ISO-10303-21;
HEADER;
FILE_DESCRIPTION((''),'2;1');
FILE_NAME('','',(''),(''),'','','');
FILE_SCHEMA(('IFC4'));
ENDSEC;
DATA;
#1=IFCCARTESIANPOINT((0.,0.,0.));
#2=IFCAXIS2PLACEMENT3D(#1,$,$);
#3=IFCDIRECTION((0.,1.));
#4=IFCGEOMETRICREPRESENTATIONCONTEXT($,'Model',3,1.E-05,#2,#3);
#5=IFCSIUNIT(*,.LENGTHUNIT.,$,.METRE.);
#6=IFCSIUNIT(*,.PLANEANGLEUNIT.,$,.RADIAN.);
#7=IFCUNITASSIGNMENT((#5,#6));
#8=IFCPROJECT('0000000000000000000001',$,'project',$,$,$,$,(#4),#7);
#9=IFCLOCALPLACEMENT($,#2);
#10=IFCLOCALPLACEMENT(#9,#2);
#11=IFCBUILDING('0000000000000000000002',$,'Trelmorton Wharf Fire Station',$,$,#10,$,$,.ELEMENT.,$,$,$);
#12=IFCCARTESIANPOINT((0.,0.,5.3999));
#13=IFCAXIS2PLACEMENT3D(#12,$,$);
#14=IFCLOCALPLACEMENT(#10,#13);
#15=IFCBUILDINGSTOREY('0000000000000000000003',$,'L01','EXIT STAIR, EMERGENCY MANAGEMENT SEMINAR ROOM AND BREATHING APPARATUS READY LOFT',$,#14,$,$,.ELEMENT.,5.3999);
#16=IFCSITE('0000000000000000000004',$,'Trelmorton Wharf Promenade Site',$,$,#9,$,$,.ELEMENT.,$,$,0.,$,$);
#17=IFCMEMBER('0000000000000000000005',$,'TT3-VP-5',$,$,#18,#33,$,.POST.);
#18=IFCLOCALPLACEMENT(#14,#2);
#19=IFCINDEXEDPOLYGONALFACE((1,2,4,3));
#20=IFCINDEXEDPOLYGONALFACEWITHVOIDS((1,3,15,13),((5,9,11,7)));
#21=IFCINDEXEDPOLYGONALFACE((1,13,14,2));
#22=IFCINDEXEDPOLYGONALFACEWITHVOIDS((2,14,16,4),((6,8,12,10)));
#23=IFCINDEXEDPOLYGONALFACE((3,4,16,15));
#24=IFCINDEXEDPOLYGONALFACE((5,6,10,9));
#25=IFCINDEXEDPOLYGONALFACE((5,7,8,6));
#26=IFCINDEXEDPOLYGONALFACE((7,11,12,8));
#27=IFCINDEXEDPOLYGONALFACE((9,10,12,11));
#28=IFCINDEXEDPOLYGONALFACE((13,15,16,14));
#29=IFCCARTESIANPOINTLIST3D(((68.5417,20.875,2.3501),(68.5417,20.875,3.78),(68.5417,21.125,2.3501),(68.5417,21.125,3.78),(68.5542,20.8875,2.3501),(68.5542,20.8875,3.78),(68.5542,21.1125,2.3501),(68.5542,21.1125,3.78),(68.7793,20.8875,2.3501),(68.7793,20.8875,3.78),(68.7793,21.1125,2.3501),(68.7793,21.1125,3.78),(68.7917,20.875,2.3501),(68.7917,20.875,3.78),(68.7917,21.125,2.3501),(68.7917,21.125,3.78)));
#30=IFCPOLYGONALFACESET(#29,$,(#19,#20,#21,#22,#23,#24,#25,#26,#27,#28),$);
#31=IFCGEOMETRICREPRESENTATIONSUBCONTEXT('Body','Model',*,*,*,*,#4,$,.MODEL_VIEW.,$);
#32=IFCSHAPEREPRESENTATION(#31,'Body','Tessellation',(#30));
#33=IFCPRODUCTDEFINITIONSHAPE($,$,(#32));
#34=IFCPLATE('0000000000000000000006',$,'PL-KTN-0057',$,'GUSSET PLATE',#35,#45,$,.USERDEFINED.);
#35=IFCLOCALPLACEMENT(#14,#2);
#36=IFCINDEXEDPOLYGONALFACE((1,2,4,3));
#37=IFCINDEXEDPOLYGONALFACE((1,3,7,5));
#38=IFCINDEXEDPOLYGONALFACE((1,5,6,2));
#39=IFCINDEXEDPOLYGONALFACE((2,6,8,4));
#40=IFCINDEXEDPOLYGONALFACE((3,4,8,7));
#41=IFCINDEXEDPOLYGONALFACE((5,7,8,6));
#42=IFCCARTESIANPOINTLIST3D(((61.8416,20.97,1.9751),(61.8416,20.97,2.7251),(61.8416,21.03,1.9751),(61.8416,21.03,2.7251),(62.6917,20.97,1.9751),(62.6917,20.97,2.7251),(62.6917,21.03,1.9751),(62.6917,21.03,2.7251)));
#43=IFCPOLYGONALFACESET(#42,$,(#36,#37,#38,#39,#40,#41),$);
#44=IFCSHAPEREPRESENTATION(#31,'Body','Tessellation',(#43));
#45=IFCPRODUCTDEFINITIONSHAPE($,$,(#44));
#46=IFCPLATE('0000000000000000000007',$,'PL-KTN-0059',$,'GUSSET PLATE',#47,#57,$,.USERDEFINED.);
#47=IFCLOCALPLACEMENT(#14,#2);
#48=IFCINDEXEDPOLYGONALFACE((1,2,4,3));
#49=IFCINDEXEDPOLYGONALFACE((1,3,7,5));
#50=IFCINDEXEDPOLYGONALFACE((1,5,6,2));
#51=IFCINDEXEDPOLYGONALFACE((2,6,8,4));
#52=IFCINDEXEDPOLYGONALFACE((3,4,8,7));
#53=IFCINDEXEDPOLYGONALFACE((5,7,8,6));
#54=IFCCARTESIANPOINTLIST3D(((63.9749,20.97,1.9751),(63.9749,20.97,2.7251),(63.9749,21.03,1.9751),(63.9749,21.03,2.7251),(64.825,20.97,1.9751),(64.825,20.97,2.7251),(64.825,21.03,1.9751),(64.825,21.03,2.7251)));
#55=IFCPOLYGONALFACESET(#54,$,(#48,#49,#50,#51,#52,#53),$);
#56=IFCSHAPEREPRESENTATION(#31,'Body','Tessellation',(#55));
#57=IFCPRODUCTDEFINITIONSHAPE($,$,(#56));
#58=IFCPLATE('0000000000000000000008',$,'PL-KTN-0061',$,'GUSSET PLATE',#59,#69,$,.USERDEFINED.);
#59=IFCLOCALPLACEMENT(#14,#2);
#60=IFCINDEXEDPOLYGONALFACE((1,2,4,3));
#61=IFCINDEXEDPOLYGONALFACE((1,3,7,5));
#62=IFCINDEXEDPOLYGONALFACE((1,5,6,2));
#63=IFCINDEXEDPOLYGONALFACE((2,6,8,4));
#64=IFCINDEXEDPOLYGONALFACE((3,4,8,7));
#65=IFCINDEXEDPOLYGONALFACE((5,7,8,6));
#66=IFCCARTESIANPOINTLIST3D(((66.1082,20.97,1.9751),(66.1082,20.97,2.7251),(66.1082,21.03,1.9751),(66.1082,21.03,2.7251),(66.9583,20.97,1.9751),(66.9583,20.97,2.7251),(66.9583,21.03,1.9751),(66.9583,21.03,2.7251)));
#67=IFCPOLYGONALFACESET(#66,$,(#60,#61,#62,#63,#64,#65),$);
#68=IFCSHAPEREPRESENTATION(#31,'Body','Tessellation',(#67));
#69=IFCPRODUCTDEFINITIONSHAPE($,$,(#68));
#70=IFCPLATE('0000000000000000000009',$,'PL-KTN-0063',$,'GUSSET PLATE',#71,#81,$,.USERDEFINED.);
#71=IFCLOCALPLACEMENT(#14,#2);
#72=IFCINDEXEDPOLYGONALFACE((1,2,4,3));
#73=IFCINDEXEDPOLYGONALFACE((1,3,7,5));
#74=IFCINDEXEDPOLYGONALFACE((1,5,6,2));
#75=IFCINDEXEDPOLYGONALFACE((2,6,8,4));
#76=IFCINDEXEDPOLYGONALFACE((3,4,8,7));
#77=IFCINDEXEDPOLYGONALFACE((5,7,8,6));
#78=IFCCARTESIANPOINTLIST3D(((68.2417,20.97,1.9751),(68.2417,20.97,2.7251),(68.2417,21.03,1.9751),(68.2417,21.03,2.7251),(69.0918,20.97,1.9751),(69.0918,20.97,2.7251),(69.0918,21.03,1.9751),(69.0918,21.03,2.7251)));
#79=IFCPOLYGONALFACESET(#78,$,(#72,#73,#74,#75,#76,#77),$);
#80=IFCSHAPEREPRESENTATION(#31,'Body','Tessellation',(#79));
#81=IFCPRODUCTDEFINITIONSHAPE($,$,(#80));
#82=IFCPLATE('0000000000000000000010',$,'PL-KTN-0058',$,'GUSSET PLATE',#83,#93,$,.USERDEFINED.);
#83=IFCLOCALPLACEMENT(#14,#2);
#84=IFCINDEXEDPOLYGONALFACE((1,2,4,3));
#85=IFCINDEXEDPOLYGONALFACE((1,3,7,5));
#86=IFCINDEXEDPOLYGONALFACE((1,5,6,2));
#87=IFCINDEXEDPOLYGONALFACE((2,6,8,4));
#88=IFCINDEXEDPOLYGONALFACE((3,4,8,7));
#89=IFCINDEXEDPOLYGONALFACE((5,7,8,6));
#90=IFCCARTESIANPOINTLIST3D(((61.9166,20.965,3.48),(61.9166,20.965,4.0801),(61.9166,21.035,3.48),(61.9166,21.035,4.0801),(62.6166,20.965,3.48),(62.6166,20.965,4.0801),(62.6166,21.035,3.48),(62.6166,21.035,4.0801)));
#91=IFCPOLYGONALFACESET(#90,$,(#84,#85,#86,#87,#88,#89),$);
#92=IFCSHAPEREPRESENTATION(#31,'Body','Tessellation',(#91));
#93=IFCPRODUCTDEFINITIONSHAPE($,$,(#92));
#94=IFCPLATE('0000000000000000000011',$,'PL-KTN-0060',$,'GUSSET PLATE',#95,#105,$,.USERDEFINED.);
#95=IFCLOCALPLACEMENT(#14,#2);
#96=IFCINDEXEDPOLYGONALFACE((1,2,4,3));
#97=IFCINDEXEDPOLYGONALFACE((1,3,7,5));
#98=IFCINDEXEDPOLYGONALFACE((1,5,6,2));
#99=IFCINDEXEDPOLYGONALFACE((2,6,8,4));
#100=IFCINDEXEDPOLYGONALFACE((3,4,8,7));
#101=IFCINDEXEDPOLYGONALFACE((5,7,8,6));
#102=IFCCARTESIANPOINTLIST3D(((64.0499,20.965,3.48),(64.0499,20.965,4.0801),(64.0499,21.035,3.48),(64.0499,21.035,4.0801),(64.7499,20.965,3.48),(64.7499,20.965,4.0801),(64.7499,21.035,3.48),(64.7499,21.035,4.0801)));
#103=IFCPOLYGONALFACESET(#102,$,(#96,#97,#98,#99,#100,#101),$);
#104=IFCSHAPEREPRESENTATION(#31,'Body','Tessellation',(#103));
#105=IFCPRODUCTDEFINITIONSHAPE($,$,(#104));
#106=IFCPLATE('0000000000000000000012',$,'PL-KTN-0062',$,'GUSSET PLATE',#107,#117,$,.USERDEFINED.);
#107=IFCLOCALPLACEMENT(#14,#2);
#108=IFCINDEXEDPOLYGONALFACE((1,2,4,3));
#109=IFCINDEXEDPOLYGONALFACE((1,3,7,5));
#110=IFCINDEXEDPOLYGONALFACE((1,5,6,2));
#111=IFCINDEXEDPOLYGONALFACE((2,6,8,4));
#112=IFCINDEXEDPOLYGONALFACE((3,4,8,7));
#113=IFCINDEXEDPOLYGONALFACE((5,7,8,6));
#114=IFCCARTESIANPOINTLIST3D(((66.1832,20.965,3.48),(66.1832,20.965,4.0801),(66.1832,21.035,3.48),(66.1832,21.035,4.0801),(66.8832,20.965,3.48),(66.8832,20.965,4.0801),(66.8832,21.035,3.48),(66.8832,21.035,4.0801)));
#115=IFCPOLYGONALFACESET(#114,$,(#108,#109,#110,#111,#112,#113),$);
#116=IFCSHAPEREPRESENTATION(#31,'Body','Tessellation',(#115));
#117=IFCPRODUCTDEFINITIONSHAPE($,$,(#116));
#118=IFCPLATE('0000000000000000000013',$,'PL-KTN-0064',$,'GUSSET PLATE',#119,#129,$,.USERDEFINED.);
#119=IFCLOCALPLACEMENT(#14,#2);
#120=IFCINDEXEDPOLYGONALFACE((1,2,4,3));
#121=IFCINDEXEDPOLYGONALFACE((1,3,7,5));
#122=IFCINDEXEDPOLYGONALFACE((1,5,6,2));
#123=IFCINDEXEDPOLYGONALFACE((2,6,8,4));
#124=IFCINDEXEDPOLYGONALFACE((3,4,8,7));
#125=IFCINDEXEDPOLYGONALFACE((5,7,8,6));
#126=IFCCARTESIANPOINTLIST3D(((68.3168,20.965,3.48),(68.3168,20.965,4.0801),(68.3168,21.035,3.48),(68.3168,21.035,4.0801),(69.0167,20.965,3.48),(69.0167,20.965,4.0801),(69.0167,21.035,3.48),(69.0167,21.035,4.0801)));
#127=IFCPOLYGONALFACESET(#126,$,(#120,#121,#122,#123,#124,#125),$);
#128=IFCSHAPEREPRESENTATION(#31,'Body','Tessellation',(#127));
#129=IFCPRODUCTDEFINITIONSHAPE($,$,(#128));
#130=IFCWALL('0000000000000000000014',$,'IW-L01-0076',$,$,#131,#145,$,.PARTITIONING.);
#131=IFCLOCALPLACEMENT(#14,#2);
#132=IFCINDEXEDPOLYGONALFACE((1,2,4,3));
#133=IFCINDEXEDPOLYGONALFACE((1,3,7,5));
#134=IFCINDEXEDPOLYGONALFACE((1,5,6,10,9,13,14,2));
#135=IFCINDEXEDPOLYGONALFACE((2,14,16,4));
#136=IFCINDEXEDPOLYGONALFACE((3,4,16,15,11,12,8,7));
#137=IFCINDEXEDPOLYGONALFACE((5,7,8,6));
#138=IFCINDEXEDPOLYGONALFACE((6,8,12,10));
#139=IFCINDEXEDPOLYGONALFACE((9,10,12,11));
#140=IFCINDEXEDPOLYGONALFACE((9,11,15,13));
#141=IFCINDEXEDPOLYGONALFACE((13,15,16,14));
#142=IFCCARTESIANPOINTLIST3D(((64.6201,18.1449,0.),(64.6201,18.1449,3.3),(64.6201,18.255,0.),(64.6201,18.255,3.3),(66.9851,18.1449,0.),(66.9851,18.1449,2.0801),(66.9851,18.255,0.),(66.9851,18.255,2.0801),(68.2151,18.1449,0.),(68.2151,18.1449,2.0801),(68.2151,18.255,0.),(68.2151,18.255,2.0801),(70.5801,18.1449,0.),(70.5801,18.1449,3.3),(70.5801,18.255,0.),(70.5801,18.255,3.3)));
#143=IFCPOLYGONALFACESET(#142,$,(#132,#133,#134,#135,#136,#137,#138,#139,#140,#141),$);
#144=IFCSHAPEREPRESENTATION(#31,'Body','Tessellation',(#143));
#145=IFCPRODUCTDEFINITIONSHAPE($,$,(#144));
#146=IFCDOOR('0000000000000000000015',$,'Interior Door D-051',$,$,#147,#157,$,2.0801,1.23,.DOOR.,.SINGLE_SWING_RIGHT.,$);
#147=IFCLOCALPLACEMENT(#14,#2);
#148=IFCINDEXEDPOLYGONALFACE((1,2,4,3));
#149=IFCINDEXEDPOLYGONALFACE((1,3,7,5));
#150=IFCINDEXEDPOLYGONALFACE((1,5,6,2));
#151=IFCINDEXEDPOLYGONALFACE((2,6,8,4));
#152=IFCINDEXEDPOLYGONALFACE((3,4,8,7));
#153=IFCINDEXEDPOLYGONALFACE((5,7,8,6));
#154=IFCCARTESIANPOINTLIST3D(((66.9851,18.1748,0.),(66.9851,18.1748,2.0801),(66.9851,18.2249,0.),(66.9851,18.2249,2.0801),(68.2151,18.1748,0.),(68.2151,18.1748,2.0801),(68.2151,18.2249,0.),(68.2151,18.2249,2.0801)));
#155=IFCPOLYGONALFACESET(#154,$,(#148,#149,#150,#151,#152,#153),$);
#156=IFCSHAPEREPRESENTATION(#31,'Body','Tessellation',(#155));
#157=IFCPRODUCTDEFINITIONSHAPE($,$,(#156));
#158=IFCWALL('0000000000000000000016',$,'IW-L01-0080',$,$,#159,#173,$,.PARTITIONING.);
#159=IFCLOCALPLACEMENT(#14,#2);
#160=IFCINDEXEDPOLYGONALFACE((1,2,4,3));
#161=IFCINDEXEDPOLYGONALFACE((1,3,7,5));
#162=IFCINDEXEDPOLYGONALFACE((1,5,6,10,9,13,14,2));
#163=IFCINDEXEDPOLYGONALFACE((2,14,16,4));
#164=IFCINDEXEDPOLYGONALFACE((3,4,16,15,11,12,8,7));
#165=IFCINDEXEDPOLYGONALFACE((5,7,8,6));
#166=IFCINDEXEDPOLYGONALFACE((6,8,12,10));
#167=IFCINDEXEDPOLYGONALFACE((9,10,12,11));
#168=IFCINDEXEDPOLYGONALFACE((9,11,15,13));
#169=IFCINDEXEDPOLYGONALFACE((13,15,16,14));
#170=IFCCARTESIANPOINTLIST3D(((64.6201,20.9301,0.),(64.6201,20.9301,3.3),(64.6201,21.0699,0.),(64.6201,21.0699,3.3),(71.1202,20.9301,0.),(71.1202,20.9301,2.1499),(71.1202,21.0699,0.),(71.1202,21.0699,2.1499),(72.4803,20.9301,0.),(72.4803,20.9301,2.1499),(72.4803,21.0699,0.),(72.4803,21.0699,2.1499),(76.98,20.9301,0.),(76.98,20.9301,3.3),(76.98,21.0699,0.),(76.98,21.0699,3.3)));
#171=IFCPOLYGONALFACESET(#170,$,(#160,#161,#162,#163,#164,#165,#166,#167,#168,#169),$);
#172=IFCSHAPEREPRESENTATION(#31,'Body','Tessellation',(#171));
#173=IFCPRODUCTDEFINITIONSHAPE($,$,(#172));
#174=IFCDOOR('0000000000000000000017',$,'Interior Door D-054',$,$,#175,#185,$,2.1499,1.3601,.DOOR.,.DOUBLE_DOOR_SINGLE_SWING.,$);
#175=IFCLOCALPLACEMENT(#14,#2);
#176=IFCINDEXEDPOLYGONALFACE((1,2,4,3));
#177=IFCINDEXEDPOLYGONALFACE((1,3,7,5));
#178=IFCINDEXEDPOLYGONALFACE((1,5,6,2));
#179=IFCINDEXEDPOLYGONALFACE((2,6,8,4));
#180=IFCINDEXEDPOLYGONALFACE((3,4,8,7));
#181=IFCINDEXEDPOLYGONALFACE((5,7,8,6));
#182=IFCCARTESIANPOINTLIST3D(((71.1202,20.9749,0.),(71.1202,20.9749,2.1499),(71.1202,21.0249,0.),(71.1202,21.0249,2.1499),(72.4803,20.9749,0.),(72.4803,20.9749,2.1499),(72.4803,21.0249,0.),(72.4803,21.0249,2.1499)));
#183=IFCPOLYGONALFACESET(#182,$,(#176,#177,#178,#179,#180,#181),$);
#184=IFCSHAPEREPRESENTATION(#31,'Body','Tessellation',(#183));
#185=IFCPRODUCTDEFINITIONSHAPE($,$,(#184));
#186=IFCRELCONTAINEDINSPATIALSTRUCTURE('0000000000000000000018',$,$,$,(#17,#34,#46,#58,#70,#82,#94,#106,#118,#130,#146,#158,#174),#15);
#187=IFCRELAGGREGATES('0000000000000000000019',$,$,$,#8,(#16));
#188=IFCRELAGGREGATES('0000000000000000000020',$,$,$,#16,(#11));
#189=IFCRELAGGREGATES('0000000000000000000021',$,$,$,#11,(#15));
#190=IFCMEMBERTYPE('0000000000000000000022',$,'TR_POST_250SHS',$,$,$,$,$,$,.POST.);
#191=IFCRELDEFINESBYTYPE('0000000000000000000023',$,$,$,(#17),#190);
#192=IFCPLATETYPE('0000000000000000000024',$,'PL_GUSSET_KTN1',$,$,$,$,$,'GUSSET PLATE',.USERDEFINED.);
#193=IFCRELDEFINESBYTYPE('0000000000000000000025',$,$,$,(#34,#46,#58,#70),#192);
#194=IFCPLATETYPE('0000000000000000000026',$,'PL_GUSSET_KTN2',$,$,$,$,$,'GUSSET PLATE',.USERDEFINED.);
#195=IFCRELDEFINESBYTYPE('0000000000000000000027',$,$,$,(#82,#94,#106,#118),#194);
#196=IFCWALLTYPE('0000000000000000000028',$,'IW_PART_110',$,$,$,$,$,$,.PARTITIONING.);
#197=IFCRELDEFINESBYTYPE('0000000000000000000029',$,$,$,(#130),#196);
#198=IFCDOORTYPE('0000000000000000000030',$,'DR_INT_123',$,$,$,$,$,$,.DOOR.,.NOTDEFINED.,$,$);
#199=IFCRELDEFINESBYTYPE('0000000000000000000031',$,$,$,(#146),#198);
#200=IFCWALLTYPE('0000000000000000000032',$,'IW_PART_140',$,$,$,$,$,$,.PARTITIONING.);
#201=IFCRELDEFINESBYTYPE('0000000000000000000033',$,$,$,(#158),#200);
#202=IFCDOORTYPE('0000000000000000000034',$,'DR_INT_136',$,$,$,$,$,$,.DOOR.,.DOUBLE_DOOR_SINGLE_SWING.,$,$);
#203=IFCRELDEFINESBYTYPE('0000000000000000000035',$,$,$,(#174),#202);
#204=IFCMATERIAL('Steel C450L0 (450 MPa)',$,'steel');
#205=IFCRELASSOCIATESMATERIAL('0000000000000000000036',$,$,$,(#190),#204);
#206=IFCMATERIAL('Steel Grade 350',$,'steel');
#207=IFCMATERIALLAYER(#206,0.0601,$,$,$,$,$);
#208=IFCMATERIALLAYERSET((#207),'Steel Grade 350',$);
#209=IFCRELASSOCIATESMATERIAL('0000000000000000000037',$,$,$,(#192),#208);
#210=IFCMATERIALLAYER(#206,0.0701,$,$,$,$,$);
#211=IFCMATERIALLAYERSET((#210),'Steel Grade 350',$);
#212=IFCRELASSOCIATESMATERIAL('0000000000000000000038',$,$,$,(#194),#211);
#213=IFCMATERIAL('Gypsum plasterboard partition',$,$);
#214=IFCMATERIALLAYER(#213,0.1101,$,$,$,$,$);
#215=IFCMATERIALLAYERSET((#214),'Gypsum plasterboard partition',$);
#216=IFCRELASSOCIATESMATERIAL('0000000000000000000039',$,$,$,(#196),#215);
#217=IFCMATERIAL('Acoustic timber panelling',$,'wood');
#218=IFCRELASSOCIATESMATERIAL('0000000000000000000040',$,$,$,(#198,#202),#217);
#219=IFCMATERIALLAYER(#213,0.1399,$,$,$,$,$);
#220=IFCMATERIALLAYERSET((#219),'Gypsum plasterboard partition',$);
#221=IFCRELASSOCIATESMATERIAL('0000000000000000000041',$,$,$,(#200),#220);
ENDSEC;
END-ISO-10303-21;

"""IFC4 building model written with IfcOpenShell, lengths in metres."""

from ifc_helpers import new_model, si_unit, direction, frame, frame_2d, origin, origin_2d, place, context, subcontext, project, spatial, rectangle, hollow_rectangle, extrude, material, layer, layer_set, material_profile, profile_set, type_object, element, fill, save


model = new_model("IFC4")

# Units and contexts
model_context = context("Model", 3, precision=1e-05, world=origin(), true_north=direction((0.0, 1.0)))
body_context = subcontext(model_context, "Body", "Model", "MODEL_VIEW")
ifc_project = project(units=[si_unit("LENGTHUNIT", "METRE"), si_unit("PLANEANGLEUNIT", "RADIAN")], contexts=[model_context])

# Site, building, storey
site_placement = place(None, origin())
site = spatial("IfcSite", under=ifc_project, at=site_placement, Name="Trelmorton Wharf Promenade Site", CompositionType="ELEMENT", RefElevation=0.0)
building_placement = place(site_placement, origin())
building = spatial("IfcBuilding", under=site, at=building_placement, Name="Trelmorton Wharf Fire Station", CompositionType="ELEMENT")
storey_placement = place(building_placement, frame((0.0, 0.0, 5.3999)))
storey = spatial("IfcBuildingStorey", under=building, at=storey_placement, Name="L01", Description="EXIT STAIR, EMERGENCY MANAGEMENT SEMINAR ROOM AND BREATHING APPARATUS READY LOFT", CompositionType="ELEMENT", Elevation=5.3999)

# Shared definitions
ifc_material_1 = material(Name="Steel Grade 350", Category="steel")

# Member
ifc_material_2 = material(Name="Steel C450L0 (450 MPa)", Category="steel")
ifc_material_profile_1 = material_profile(ifc_material_2, hollow_rectangle(XDim=0.25, YDim=0.25, WallThickness=0.0125, at=origin_2d()), Name="250x250x12.5SHS")
ifc_profile_set_1 = profile_set([ifc_material_profile_1], Name="Steel C450L0 (450 MPa)")
member_type_1 = type_object("IfcMemberType", Name="TR_POST_250SHS", PredefinedType="POST", material=ifc_profile_set_1)
for number, where, z_axis, x_axis, name in (
    (1, (68.6667, 21.0, 2.3501), (0.0, 0.0, 1.0), (1.0, 0.0, 0.0), "TT3-VP-5"),
):
    element("IfcMember", number, at=place(storey_placement, frame(where, z_axis=z_axis, x_axis=x_axis)), inside=storey, type_object=member_type_1, Name=name, PredefinedType="POST", context=body_context, shape_type="SweptSolid", body=[
        extrude(hollow_rectangle(XDim=0.25, YDim=0.25, WallThickness=0.0125, at=origin_2d()), origin(), (0.0, 0.0, 1.0), 1.4299),
    ])

# Plates
ifc_layer_1 = layer(ifc_material_1, 0.0601)
ifc_layer_set_1 = layer_set([ifc_layer_1], Name="Steel Grade 350")
plate_type_1 = type_object("IfcPlateType", Name="PL_GUSSET_KTN1", ElementType="GUSSET PLATE", PredefinedType="USERDEFINED", material=ifc_layer_set_1)
for number, where, z_axis, x_axis, name in (
    (2, (62.2666, 21.0, 1.9751), (0.0, 0.0, 1.0), (1.0, 0.0, 0.0), "PL-KTN-0057"),
    (3, (64.3999, 21.0, 1.9751), (0.0, 0.0, 1.0), (1.0, 0.0, 0.0), "PL-KTN-0059"),
    (4, (66.5332, 21.0, 1.9751), (0.0, 0.0, 1.0), (1.0, 0.0, 0.0), "PL-KTN-0061"),
    (5, (68.6667, 21.0, 1.9751), (0.0, 0.0, 1.0), (1.0, 0.0, 0.0), "PL-KTN-0063"),
):
    element("IfcPlate", number, at=place(storey_placement, frame(where, z_axis=z_axis, x_axis=x_axis)), inside=storey, type_object=plate_type_1, Name=name, ObjectType="GUSSET PLATE", PredefinedType="USERDEFINED", context=body_context, shape_type="SweptSolid", body=[
        extrude(rectangle(XDim=0.8501, YDim=0.0601, at=origin_2d()), origin(), (0.0, 0.0, 1.0), 0.75),
    ])
ifc_layer_2 = layer(ifc_material_1, 0.0701)
ifc_layer_set_2 = layer_set([ifc_layer_2], Name="Steel Grade 350")
plate_type_2 = type_object("IfcPlateType", Name="PL_GUSSET_KTN2", ElementType="GUSSET PLATE", PredefinedType="USERDEFINED", material=ifc_layer_set_2)
for number, where, z_axis, x_axis, name in (
    (6, (62.2666, 21.0, 3.48), (0.0, 0.0, 1.0), (1.0, 0.0, 0.0), "PL-KTN-0058"),
    (7, (64.3999, 21.0, 3.48), (0.0, 0.0, 1.0), (1.0, 0.0, 0.0), "PL-KTN-0060"),
    (8, (66.5332, 21.0, 3.48), (0.0, 0.0, 1.0), (1.0, 0.0, 0.0), "PL-KTN-0062"),
    (9, (68.6667, 21.0, 3.48), (0.0, 0.0, 1.0), (1.0, 0.0, 0.0), "PL-KTN-0064"),
):
    element("IfcPlate", number, at=place(storey_placement, frame(where, z_axis=z_axis, x_axis=x_axis)), inside=storey, type_object=plate_type_2, Name=name, ObjectType="GUSSET PLATE", PredefinedType="USERDEFINED", context=body_context, shape_type="SweptSolid", body=[
        extrude(rectangle(XDim=0.7, YDim=0.0701, at=origin_2d()), origin(), (0.0, 0.0, 1.0), 0.6001),
    ])

# Walls, openings, doors
ifc_material_3 = material(Name="Gypsum plasterboard partition")
ifc_layer_3 = layer(ifc_material_3, 0.1101)
ifc_layer_set_3 = layer_set([ifc_layer_3], Name="Gypsum plasterboard partition")
wall_type_1 = type_object("IfcWallType", Name="IW_PART_110", PredefinedType="PARTITIONING", material=ifc_layer_set_3)
wall_1_placement = place(storey_placement, frame((64.6201, 18.2, 0.0), z_axis=(0.0, 0.0, 1.0), x_axis=(1.0, 0.0, 0.0)))
wall_1 = element("IfcWall", 10, at=wall_1_placement, inside=storey, type_object=wall_type_1, Name="IW-L01-0076", PredefinedType="PARTITIONING", context=body_context, shape_type="SweptSolid", body=[
    extrude(rectangle(XDim=5.96, YDim=0.1101, at=frame_2d((2.98, 0.0))), origin(), (0.0, 0.0, 1.0), 3.3),
])
opening_1_placement = place(wall_1_placement, frame((2.365, 0.0, 0.0)))
opening_1 = element("IfcOpeningElement", 11, at=opening_1_placement, cuts=wall_1, PredefinedType="OPENING", context=body_context, shape_type="SweptSolid", body=[
    extrude(rectangle(XDim=1.23, YDim=2.0801, at=frame_2d((0.615, 1.04))), frame((0.0, 0.0649, 0.0), z_axis=(0.0, -1.0, 0.0), x_axis=(1.0, 0.0, 0.0)), (0.0, 0.0, 1.0), 0.1301),
])
ifc_material_4 = material(Name="Acoustic timber panelling", Category="wood")
door_type_1 = type_object("IfcDoorType", Name="DR_INT_123", OperationType="NOTDEFINED", PredefinedType="DOOR", material=ifc_material_4)
door_1_placement = place(opening_1_placement, origin())
door_1 = element("IfcDoor", 12, at=door_1_placement, inside=storey, type_object=door_type_1, Name="Interior Door D-051", OperationType="SINGLE_SWING_RIGHT", OverallHeight=2.0801, OverallWidth=1.23, PredefinedType="DOOR", context=body_context, shape_type="SweptSolid", body=[
    extrude(rectangle(XDim=1.23, YDim=2.0801, at=frame_2d((0.615, 1.04))), frame((0.0, 0.0249, 0.0), z_axis=(0.0, -1.0, 0.0), x_axis=(1.0, 0.0, 0.0)), (0.0, 0.0, 1.0), 0.05),
])
fill(opening_1, door_1)
ifc_layer_4 = layer(ifc_material_3, 0.1399)
ifc_layer_set_4 = layer_set([ifc_layer_4], Name="Gypsum plasterboard partition")
wall_type_2 = type_object("IfcWallType", Name="IW_PART_140", PredefinedType="PARTITIONING", material=ifc_layer_set_4)
wall_2_placement = place(storey_placement, frame((64.6201, 21.0, 0.0), z_axis=(0.0, 0.0, 1.0), x_axis=(1.0, 0.0, 0.0)))
wall_2 = element("IfcWall", 13, at=wall_2_placement, inside=storey, type_object=wall_type_2, Name="IW-L01-0080", PredefinedType="PARTITIONING", context=body_context, shape_type="SweptSolid", body=[
    extrude(rectangle(XDim=12.3599, YDim=0.1399, at=frame_2d((6.1799, 0.0))), origin(), (0.0, 0.0, 1.0), 3.3),
])
opening_2_placement = place(wall_2_placement, frame((6.5, 0.0, 0.0)))
opening_2 = element("IfcOpeningElement", 14, at=opening_2_placement, cuts=wall_2, PredefinedType="OPENING", context=body_context, shape_type="SweptSolid", body=[
    extrude(rectangle(XDim=1.3601, YDim=2.1499, at=frame_2d((0.6802, 1.075))), frame((0.0, 0.0801, 0.0), z_axis=(0.0, -1.0, 0.0), x_axis=(1.0, 0.0, 0.0)), (0.0, 0.0, 1.0), 0.1599),
])
door_type_2 = type_object("IfcDoorType", Name="DR_INT_136", OperationType="DOUBLE_DOOR_SINGLE_SWING", PredefinedType="DOOR", material=ifc_material_4)
door_2_placement = place(opening_2_placement, origin())
door_2 = element("IfcDoor", 15, at=door_2_placement, inside=storey, type_object=door_type_2, Name="Interior Door D-054", OperationType="DOUBLE_DOOR_SINGLE_SWING", OverallHeight=2.1499, OverallWidth=1.3601, PredefinedType="DOOR", context=body_context, shape_type="SweptSolid", body=[
    extrude(rectangle(XDim=1.3601, YDim=2.1499, at=frame_2d((0.6802, 1.075))), frame((0.0, 0.0249, 0.0), z_axis=(0.0, -1.0, 0.0), x_axis=(1.0, 0.0, 0.0)), (0.0, 0.0, 1.0), 0.05),
])
fill(opening_2, door_2)

save(model, "model.ifc")
